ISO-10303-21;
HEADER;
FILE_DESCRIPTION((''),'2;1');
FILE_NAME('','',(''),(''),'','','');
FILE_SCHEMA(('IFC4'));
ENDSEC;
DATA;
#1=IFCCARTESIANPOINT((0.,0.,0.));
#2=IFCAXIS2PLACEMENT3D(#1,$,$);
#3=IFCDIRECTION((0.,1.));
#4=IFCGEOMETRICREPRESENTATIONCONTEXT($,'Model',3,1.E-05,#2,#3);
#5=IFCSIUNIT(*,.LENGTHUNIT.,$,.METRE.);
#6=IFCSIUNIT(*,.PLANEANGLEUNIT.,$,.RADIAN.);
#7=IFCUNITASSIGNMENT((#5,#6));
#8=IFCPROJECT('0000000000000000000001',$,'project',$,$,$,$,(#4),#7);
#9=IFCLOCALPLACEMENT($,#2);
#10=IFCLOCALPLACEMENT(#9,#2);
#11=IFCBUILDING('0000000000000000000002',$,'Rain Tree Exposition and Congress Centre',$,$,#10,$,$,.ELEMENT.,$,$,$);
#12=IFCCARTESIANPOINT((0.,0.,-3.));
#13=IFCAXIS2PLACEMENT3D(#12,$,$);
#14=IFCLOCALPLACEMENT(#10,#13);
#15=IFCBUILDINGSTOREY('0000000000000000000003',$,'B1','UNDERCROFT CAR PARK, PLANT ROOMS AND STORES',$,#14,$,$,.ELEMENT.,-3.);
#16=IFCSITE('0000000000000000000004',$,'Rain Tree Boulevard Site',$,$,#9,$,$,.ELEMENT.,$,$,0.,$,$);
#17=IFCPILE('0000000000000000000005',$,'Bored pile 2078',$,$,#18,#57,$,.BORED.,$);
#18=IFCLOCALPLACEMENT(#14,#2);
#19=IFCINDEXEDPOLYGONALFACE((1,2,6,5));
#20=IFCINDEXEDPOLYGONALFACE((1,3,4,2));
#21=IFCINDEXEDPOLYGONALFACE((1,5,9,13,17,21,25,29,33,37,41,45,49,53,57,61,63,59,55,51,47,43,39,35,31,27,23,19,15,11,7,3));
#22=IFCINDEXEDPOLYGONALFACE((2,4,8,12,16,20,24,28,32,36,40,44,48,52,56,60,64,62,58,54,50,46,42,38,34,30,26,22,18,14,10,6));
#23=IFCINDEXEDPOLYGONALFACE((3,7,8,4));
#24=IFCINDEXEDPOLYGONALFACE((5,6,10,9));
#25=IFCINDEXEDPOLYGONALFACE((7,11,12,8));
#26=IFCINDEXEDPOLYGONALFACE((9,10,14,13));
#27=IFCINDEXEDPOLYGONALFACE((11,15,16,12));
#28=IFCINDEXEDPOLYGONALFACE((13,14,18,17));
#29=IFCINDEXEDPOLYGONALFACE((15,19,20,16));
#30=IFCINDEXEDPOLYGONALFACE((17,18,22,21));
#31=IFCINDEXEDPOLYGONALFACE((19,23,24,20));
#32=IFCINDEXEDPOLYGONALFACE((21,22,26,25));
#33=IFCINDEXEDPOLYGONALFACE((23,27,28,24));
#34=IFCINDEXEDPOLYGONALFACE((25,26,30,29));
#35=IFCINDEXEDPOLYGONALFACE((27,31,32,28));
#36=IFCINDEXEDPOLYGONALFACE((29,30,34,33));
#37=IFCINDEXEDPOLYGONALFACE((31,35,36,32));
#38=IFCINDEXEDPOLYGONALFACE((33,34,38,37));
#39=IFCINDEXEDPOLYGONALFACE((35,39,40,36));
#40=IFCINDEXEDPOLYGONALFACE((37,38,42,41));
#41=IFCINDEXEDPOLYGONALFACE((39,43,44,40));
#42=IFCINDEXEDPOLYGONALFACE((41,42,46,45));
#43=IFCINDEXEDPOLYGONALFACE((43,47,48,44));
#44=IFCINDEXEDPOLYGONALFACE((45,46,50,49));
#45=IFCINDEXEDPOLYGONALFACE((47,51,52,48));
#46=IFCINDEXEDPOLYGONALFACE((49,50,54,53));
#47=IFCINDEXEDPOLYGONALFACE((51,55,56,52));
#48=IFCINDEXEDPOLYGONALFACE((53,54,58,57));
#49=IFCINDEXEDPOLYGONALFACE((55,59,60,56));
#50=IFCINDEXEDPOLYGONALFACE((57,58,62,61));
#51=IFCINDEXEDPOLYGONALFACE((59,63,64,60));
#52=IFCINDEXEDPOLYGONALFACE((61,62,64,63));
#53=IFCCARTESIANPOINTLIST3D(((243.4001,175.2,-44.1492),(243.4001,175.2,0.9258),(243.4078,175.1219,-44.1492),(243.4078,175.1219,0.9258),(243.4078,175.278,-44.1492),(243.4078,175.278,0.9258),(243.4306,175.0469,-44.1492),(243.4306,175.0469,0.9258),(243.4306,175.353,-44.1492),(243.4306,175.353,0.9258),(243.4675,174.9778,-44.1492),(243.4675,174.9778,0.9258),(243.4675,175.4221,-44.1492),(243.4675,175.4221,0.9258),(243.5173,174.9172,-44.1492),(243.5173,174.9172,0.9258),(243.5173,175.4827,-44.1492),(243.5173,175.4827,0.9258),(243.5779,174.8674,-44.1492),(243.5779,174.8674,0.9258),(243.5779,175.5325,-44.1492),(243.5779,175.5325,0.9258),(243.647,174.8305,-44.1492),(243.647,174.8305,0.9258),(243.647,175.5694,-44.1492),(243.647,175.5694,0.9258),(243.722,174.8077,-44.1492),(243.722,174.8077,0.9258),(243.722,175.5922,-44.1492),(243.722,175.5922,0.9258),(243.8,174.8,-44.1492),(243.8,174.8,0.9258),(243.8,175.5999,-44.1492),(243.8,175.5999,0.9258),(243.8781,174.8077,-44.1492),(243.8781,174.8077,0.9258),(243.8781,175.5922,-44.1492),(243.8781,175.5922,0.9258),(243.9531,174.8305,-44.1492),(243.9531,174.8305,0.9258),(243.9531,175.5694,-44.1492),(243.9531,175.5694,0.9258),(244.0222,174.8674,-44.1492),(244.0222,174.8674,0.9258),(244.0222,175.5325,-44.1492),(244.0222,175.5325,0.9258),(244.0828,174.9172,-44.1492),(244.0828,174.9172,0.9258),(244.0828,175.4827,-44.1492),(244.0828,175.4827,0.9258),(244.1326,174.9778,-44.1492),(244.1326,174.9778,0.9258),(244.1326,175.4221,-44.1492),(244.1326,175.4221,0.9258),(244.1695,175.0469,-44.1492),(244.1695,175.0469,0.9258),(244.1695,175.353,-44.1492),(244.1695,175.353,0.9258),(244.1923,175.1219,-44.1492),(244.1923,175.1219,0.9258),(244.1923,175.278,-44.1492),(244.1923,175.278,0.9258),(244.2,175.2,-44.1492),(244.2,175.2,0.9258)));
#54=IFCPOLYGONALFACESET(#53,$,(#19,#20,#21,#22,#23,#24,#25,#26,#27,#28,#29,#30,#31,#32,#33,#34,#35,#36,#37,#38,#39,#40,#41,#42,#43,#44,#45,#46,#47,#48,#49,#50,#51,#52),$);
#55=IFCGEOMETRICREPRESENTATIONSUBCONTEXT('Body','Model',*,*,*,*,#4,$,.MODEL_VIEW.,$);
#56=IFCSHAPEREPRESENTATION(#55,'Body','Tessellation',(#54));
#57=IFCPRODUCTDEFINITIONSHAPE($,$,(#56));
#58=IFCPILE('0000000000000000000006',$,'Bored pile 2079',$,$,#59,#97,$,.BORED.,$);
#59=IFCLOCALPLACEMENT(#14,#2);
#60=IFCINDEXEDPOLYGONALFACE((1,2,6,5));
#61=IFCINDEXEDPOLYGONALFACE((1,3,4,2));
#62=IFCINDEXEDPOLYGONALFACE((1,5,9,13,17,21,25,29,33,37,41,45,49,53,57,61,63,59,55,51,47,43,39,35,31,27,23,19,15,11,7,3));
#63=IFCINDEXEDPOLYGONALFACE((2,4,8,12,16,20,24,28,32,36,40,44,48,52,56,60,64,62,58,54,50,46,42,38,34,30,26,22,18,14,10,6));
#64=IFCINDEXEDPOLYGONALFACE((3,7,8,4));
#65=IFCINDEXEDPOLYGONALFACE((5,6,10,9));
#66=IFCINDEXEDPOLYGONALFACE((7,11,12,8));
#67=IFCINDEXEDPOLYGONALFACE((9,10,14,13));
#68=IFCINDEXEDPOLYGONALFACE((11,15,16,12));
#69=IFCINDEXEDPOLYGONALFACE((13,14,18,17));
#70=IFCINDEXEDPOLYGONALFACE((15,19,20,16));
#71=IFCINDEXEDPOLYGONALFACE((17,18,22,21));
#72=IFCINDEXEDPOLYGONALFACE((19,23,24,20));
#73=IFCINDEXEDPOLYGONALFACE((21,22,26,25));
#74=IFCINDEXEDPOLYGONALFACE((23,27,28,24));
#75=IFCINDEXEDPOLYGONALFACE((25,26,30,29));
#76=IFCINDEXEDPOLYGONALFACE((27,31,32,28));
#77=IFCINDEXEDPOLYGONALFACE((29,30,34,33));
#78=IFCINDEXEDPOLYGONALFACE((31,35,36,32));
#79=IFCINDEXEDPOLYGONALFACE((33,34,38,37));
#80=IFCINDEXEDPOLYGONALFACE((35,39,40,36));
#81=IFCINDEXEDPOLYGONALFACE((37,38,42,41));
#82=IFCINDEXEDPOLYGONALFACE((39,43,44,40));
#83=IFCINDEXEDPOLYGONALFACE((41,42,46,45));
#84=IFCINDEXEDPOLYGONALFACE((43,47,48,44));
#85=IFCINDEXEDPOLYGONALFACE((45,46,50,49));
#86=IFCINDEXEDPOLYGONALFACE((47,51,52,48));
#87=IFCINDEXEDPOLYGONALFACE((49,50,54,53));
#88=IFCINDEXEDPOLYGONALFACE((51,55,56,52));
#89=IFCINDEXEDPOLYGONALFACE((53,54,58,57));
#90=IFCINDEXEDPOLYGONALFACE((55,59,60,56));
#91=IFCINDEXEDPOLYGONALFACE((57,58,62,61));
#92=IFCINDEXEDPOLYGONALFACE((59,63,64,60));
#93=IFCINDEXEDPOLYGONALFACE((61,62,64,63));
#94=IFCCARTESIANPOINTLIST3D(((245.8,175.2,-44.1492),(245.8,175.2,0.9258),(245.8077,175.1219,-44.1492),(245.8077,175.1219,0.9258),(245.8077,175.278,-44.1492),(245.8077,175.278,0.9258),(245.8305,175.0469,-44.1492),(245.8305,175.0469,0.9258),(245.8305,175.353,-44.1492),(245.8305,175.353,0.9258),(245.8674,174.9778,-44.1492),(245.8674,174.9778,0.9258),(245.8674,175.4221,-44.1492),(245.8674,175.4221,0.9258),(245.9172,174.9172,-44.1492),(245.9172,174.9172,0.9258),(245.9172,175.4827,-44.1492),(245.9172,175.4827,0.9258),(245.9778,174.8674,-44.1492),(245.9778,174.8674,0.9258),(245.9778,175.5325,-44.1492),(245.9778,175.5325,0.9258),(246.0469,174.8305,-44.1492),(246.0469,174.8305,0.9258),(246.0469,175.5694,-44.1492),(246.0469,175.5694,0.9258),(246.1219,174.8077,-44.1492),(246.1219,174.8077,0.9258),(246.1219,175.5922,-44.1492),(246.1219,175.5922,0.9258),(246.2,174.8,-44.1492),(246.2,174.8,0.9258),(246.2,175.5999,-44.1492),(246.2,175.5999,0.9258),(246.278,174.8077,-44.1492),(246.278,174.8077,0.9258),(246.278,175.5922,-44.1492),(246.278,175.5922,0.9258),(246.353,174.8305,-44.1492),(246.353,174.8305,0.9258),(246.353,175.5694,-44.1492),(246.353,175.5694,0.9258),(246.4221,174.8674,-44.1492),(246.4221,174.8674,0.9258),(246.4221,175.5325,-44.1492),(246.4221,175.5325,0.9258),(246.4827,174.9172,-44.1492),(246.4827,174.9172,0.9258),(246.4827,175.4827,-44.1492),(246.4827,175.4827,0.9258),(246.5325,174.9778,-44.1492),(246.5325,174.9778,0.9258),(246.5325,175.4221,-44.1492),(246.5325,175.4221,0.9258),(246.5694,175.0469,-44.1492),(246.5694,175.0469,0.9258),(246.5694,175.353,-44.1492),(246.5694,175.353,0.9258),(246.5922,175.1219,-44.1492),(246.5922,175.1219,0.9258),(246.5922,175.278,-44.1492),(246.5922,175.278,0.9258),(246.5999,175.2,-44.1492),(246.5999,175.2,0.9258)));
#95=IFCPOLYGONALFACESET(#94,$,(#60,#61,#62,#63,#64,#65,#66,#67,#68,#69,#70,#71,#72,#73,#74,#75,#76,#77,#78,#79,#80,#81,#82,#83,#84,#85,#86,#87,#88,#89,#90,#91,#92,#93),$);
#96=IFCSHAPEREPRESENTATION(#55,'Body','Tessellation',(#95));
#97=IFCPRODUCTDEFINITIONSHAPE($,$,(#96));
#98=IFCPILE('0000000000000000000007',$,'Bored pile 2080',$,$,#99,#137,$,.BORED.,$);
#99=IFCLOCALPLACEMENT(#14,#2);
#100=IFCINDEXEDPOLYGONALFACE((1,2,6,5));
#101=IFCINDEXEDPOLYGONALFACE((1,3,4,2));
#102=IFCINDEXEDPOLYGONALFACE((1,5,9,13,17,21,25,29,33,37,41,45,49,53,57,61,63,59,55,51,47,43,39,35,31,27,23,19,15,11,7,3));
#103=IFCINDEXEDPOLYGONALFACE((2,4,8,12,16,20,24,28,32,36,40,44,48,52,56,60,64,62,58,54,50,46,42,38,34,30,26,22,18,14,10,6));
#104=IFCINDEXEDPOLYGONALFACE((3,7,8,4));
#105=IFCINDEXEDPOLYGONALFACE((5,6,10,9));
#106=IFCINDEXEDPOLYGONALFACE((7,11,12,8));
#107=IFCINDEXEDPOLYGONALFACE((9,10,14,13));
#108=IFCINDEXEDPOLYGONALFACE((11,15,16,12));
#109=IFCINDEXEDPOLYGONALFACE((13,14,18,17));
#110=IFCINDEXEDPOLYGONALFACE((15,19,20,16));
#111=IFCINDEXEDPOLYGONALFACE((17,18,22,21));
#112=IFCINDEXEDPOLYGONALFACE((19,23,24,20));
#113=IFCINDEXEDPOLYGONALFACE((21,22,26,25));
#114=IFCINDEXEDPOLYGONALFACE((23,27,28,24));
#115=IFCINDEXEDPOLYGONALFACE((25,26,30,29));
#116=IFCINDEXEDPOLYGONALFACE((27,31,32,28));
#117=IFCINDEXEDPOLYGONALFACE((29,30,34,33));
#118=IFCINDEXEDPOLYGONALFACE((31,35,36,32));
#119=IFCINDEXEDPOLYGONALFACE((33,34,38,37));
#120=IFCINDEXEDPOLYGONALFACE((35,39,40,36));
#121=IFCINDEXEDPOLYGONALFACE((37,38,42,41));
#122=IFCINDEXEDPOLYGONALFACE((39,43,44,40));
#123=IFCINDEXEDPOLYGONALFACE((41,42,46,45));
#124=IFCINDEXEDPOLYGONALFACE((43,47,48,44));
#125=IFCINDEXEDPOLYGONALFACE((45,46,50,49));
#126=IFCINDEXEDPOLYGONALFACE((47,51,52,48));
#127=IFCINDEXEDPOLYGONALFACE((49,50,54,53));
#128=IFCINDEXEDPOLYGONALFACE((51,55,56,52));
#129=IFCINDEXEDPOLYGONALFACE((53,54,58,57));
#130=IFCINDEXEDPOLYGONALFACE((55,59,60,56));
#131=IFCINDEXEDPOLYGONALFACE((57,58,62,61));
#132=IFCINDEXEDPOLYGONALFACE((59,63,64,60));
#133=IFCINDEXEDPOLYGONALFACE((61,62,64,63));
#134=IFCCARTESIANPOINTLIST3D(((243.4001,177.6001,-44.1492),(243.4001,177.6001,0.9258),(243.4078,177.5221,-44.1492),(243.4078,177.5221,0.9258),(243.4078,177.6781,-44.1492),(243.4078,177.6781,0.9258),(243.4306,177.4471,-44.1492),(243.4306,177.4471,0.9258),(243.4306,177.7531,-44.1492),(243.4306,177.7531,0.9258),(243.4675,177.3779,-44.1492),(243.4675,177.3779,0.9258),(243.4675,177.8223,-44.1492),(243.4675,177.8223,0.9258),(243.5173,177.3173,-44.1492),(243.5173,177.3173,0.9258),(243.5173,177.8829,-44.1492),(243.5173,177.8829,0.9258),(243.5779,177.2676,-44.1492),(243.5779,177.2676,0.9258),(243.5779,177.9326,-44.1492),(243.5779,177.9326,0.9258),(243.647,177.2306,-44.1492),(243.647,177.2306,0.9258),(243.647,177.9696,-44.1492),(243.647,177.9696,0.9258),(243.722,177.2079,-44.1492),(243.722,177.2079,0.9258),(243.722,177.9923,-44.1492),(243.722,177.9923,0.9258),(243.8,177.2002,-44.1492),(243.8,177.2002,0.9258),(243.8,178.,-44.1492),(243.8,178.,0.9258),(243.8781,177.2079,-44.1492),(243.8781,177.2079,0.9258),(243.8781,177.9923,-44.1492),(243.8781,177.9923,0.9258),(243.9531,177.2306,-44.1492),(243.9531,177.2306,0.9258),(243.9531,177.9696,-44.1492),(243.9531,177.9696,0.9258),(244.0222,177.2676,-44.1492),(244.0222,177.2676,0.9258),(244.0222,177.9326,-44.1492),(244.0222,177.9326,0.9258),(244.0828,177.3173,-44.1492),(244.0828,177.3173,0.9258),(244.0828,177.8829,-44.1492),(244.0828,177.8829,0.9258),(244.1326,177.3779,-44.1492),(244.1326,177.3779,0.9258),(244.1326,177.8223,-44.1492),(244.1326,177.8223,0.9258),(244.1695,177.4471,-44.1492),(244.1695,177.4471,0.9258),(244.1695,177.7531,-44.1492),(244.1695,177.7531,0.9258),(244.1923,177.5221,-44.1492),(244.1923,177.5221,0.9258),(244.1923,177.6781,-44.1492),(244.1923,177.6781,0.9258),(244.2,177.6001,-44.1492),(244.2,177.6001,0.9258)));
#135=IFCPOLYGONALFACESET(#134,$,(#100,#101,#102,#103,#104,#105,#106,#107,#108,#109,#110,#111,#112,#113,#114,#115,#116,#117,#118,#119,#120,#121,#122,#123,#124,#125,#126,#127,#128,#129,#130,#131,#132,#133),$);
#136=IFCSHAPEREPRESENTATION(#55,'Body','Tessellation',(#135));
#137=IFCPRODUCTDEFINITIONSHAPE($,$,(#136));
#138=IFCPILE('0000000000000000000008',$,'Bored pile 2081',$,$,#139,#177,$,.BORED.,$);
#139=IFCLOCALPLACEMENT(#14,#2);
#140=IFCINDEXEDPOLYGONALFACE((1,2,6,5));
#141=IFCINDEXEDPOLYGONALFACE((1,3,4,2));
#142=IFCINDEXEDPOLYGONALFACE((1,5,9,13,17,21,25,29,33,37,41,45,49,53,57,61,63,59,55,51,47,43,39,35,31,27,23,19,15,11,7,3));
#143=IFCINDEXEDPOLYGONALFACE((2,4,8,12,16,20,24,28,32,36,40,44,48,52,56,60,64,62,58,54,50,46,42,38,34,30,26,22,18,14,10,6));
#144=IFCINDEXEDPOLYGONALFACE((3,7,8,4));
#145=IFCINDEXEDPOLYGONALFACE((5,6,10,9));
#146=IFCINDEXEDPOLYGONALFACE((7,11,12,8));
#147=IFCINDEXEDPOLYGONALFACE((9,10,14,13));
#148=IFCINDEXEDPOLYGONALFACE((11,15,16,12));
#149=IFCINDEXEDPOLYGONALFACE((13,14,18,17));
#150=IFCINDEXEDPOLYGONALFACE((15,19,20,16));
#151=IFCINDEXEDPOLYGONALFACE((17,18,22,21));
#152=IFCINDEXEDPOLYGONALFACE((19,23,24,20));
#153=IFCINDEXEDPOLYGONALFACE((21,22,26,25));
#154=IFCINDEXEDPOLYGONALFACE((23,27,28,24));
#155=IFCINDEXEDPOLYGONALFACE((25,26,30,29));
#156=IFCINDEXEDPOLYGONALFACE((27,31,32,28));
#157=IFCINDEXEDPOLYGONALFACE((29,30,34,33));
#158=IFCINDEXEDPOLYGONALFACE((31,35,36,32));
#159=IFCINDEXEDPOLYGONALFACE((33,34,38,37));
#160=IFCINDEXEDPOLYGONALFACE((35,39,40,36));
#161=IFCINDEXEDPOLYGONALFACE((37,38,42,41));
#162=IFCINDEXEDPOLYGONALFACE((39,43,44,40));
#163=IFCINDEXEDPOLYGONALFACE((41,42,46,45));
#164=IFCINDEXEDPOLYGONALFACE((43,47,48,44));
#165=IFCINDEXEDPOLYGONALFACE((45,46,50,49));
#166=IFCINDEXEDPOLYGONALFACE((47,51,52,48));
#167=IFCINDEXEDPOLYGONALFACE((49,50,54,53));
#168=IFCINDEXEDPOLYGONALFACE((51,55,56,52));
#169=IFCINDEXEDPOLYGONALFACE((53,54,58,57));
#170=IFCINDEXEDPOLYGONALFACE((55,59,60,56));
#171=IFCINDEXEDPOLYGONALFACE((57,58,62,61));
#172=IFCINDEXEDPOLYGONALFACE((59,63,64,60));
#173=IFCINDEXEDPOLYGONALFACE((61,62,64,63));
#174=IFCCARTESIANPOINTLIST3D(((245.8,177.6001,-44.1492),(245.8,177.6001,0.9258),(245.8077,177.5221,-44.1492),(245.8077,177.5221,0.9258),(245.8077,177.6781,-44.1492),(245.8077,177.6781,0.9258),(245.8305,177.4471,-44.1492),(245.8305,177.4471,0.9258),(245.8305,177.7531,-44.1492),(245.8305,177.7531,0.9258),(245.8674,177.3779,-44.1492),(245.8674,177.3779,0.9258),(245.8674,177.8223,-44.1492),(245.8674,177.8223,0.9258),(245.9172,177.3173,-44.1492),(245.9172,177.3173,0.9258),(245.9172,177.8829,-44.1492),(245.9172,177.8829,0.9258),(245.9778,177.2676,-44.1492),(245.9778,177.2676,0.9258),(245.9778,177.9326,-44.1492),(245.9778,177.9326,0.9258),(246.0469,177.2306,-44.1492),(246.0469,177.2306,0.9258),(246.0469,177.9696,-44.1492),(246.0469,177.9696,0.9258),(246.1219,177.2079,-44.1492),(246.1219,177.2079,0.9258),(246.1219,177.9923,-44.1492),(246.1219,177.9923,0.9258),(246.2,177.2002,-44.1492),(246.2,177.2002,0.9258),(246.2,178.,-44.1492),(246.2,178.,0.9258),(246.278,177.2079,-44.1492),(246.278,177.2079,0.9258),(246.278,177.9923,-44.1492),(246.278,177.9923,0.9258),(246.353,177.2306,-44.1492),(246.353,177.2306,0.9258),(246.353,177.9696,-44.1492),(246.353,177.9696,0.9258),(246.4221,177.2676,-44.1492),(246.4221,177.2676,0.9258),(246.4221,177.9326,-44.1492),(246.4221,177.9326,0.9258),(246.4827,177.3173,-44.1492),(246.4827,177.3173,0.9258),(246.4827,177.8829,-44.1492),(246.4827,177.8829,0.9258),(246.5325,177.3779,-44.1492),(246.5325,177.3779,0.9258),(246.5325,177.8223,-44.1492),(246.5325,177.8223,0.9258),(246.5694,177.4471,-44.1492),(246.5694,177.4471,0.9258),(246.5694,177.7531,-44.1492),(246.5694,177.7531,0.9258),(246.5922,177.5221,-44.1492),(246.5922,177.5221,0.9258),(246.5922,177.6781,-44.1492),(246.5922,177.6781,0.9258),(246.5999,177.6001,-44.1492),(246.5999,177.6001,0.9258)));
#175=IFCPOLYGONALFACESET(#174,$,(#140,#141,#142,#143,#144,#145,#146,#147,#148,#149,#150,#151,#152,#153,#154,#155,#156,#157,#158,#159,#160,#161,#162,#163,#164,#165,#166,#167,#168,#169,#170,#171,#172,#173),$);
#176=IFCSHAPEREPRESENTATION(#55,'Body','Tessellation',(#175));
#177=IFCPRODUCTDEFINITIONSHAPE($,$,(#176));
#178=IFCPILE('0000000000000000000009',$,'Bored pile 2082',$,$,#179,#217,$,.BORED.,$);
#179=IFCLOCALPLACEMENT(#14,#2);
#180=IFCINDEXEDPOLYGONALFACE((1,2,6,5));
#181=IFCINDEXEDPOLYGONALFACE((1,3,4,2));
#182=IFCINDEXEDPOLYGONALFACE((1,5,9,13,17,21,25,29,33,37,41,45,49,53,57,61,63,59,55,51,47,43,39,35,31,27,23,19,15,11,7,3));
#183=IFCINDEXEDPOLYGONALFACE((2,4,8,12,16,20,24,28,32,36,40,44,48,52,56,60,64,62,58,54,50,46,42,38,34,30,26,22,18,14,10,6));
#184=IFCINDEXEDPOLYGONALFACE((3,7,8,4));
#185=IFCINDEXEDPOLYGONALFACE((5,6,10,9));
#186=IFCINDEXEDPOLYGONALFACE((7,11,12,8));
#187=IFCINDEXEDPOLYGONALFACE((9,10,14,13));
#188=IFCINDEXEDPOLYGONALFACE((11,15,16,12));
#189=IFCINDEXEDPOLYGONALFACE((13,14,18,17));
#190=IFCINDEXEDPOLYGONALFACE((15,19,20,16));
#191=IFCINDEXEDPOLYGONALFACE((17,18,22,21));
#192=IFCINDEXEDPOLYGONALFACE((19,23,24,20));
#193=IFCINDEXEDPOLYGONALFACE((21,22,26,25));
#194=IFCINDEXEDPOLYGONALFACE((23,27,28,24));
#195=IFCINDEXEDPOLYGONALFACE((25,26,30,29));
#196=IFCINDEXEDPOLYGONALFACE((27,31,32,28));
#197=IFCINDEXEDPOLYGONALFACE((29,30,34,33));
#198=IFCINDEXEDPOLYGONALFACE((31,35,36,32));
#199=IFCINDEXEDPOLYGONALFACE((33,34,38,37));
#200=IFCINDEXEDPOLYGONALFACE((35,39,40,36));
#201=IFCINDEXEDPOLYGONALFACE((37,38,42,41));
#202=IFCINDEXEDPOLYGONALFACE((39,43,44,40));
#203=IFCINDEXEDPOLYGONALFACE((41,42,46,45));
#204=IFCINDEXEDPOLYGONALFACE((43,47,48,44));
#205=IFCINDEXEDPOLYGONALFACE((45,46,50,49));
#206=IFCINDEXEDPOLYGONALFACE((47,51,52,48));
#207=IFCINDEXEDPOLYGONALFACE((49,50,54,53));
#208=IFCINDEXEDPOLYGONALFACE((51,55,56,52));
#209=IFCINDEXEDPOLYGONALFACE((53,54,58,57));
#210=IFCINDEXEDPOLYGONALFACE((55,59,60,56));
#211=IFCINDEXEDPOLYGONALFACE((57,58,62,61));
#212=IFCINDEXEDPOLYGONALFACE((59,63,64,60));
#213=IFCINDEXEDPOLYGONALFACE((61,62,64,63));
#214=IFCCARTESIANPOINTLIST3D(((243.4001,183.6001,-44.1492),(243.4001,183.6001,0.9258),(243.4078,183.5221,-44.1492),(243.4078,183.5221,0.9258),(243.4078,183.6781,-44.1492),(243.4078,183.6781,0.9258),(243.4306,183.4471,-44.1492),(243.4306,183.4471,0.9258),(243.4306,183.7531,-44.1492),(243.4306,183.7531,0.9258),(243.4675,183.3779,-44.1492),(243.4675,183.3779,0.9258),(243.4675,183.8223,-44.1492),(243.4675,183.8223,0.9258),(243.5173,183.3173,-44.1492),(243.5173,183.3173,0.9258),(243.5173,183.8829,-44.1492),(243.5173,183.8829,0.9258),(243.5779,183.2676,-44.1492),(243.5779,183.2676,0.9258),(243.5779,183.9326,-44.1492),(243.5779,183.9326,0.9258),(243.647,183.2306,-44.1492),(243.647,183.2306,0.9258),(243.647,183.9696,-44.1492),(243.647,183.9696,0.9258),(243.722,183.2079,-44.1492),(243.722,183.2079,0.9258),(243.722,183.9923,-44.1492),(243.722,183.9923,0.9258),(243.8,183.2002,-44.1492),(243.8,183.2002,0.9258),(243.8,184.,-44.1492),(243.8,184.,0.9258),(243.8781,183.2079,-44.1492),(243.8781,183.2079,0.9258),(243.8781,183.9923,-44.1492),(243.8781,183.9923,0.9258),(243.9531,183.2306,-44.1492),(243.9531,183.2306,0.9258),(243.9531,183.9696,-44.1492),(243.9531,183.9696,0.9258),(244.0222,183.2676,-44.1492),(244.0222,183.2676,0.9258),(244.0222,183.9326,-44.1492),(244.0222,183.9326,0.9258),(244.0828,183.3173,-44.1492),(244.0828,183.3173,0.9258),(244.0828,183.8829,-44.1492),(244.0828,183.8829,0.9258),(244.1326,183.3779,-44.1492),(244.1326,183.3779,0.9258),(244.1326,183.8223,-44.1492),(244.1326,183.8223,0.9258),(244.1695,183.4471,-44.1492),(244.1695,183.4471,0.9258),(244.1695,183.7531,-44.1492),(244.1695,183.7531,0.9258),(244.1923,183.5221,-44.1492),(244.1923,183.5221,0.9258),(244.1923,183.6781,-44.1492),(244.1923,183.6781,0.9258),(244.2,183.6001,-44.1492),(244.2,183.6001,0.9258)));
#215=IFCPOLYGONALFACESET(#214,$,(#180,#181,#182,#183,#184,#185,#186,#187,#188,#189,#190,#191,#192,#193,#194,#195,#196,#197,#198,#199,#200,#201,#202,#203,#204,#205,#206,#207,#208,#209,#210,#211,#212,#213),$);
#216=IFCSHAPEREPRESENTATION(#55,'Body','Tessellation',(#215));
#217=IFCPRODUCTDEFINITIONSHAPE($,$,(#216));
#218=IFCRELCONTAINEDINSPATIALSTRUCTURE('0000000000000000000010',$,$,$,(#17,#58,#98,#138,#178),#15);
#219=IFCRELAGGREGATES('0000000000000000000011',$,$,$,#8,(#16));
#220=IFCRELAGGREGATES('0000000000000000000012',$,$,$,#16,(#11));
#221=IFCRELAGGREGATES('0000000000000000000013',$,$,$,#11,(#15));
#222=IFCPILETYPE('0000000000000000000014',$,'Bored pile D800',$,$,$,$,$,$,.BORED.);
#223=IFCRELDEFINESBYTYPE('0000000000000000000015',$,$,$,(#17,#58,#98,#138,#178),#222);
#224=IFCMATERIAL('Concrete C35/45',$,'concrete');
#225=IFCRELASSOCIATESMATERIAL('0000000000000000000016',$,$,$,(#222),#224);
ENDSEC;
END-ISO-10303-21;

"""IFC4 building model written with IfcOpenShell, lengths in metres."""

from ifc_helpers import new_model, si_unit, direction, frame, origin, origin_2d, place, context, subcontext, project, spatial, circle, extrude, material, material_profile, profile_set, type_object, element, save


model = new_model("IFC4")

# Units and contexts
model_context = context("Model", 3, precision=1e-05, world=origin(), true_north=direction((0.0, 1.0)))
body_context = subcontext(model_context, "Body", "Model", "MODEL_VIEW")
ifc_project = project(units=[si_unit("LENGTHUNIT", "METRE"), si_unit("PLANEANGLEUNIT", "RADIAN")], contexts=[model_context])

# Site, building, storey
site_placement = place(None, origin())
site = spatial("IfcSite", under=ifc_project, at=site_placement, Name="Rain Tree Boulevard Site", CompositionType="ELEMENT", RefElevation=0.0)
building_placement = place(site_placement, origin())
building = spatial("IfcBuilding", under=site, at=building_placement, Name="Rain Tree Exposition and Congress Centre", CompositionType="ELEMENT")
storey_placement = place(building_placement, frame((0.0, 0.0, -3.0)))
storey = spatial("IfcBuildingStorey", under=building, at=storey_placement, Name="B1", Description="UNDERCROFT CAR PARK, PLANT ROOMS AND STORES", CompositionType="ELEMENT", Elevation=-3.0)

# Piles
ifc_material_1 = material(Name="Concrete C35/45", Category="concrete")
ifc_material_profile_1 = material_profile(ifc_material_1, circle(Radius=0.3999, at=origin_2d()), Name="D800")
ifc_profile_set_1 = profile_set([ifc_material_profile_1], Name="Concrete C35/45")
pile_type_1 = type_object("IfcPileType", Name="Bored pile D800", PredefinedType="BORED", material=ifc_profile_set_1)
for number, where, z_axis, x_axis, name in (
    (1, (243.8, 175.2, 0.9258), (0.0, 0.0, -1.0), (1.0, 0.0, 0.0), "Bored pile 2078"),
    (2, (246.2, 175.2, 0.9258), (0.0, 0.0, -1.0), (1.0, 0.0, 0.0), "Bored pile 2079"),
    (3, (243.8, 177.6001, 0.9258), (0.0, 0.0, -1.0), (1.0, 0.0, 0.0), "Bored pile 2080"),
    (4, (246.2, 177.6001, 0.9258), (0.0, 0.0, -1.0), (1.0, 0.0, 0.0), "Bored pile 2081"),
    (5, (243.8, 183.6001, 0.9258), (0.0, 0.0, -1.0), (1.0, 0.0, 0.0), "Bored pile 2082"),
):
    element("IfcPile", number, at=place(storey_placement, frame(where, z_axis=z_axis, x_axis=x_axis)), inside=storey, type_object=pile_type_1, Name=name, PredefinedType="BORED", context=body_context, shape_type="SweptSolid", body=[
        extrude(circle(Radius=0.3999, at=origin_2d()), origin(), (0.0, 0.0, 1.0), 45.075),
    ])

save(model, "model.ifc")
